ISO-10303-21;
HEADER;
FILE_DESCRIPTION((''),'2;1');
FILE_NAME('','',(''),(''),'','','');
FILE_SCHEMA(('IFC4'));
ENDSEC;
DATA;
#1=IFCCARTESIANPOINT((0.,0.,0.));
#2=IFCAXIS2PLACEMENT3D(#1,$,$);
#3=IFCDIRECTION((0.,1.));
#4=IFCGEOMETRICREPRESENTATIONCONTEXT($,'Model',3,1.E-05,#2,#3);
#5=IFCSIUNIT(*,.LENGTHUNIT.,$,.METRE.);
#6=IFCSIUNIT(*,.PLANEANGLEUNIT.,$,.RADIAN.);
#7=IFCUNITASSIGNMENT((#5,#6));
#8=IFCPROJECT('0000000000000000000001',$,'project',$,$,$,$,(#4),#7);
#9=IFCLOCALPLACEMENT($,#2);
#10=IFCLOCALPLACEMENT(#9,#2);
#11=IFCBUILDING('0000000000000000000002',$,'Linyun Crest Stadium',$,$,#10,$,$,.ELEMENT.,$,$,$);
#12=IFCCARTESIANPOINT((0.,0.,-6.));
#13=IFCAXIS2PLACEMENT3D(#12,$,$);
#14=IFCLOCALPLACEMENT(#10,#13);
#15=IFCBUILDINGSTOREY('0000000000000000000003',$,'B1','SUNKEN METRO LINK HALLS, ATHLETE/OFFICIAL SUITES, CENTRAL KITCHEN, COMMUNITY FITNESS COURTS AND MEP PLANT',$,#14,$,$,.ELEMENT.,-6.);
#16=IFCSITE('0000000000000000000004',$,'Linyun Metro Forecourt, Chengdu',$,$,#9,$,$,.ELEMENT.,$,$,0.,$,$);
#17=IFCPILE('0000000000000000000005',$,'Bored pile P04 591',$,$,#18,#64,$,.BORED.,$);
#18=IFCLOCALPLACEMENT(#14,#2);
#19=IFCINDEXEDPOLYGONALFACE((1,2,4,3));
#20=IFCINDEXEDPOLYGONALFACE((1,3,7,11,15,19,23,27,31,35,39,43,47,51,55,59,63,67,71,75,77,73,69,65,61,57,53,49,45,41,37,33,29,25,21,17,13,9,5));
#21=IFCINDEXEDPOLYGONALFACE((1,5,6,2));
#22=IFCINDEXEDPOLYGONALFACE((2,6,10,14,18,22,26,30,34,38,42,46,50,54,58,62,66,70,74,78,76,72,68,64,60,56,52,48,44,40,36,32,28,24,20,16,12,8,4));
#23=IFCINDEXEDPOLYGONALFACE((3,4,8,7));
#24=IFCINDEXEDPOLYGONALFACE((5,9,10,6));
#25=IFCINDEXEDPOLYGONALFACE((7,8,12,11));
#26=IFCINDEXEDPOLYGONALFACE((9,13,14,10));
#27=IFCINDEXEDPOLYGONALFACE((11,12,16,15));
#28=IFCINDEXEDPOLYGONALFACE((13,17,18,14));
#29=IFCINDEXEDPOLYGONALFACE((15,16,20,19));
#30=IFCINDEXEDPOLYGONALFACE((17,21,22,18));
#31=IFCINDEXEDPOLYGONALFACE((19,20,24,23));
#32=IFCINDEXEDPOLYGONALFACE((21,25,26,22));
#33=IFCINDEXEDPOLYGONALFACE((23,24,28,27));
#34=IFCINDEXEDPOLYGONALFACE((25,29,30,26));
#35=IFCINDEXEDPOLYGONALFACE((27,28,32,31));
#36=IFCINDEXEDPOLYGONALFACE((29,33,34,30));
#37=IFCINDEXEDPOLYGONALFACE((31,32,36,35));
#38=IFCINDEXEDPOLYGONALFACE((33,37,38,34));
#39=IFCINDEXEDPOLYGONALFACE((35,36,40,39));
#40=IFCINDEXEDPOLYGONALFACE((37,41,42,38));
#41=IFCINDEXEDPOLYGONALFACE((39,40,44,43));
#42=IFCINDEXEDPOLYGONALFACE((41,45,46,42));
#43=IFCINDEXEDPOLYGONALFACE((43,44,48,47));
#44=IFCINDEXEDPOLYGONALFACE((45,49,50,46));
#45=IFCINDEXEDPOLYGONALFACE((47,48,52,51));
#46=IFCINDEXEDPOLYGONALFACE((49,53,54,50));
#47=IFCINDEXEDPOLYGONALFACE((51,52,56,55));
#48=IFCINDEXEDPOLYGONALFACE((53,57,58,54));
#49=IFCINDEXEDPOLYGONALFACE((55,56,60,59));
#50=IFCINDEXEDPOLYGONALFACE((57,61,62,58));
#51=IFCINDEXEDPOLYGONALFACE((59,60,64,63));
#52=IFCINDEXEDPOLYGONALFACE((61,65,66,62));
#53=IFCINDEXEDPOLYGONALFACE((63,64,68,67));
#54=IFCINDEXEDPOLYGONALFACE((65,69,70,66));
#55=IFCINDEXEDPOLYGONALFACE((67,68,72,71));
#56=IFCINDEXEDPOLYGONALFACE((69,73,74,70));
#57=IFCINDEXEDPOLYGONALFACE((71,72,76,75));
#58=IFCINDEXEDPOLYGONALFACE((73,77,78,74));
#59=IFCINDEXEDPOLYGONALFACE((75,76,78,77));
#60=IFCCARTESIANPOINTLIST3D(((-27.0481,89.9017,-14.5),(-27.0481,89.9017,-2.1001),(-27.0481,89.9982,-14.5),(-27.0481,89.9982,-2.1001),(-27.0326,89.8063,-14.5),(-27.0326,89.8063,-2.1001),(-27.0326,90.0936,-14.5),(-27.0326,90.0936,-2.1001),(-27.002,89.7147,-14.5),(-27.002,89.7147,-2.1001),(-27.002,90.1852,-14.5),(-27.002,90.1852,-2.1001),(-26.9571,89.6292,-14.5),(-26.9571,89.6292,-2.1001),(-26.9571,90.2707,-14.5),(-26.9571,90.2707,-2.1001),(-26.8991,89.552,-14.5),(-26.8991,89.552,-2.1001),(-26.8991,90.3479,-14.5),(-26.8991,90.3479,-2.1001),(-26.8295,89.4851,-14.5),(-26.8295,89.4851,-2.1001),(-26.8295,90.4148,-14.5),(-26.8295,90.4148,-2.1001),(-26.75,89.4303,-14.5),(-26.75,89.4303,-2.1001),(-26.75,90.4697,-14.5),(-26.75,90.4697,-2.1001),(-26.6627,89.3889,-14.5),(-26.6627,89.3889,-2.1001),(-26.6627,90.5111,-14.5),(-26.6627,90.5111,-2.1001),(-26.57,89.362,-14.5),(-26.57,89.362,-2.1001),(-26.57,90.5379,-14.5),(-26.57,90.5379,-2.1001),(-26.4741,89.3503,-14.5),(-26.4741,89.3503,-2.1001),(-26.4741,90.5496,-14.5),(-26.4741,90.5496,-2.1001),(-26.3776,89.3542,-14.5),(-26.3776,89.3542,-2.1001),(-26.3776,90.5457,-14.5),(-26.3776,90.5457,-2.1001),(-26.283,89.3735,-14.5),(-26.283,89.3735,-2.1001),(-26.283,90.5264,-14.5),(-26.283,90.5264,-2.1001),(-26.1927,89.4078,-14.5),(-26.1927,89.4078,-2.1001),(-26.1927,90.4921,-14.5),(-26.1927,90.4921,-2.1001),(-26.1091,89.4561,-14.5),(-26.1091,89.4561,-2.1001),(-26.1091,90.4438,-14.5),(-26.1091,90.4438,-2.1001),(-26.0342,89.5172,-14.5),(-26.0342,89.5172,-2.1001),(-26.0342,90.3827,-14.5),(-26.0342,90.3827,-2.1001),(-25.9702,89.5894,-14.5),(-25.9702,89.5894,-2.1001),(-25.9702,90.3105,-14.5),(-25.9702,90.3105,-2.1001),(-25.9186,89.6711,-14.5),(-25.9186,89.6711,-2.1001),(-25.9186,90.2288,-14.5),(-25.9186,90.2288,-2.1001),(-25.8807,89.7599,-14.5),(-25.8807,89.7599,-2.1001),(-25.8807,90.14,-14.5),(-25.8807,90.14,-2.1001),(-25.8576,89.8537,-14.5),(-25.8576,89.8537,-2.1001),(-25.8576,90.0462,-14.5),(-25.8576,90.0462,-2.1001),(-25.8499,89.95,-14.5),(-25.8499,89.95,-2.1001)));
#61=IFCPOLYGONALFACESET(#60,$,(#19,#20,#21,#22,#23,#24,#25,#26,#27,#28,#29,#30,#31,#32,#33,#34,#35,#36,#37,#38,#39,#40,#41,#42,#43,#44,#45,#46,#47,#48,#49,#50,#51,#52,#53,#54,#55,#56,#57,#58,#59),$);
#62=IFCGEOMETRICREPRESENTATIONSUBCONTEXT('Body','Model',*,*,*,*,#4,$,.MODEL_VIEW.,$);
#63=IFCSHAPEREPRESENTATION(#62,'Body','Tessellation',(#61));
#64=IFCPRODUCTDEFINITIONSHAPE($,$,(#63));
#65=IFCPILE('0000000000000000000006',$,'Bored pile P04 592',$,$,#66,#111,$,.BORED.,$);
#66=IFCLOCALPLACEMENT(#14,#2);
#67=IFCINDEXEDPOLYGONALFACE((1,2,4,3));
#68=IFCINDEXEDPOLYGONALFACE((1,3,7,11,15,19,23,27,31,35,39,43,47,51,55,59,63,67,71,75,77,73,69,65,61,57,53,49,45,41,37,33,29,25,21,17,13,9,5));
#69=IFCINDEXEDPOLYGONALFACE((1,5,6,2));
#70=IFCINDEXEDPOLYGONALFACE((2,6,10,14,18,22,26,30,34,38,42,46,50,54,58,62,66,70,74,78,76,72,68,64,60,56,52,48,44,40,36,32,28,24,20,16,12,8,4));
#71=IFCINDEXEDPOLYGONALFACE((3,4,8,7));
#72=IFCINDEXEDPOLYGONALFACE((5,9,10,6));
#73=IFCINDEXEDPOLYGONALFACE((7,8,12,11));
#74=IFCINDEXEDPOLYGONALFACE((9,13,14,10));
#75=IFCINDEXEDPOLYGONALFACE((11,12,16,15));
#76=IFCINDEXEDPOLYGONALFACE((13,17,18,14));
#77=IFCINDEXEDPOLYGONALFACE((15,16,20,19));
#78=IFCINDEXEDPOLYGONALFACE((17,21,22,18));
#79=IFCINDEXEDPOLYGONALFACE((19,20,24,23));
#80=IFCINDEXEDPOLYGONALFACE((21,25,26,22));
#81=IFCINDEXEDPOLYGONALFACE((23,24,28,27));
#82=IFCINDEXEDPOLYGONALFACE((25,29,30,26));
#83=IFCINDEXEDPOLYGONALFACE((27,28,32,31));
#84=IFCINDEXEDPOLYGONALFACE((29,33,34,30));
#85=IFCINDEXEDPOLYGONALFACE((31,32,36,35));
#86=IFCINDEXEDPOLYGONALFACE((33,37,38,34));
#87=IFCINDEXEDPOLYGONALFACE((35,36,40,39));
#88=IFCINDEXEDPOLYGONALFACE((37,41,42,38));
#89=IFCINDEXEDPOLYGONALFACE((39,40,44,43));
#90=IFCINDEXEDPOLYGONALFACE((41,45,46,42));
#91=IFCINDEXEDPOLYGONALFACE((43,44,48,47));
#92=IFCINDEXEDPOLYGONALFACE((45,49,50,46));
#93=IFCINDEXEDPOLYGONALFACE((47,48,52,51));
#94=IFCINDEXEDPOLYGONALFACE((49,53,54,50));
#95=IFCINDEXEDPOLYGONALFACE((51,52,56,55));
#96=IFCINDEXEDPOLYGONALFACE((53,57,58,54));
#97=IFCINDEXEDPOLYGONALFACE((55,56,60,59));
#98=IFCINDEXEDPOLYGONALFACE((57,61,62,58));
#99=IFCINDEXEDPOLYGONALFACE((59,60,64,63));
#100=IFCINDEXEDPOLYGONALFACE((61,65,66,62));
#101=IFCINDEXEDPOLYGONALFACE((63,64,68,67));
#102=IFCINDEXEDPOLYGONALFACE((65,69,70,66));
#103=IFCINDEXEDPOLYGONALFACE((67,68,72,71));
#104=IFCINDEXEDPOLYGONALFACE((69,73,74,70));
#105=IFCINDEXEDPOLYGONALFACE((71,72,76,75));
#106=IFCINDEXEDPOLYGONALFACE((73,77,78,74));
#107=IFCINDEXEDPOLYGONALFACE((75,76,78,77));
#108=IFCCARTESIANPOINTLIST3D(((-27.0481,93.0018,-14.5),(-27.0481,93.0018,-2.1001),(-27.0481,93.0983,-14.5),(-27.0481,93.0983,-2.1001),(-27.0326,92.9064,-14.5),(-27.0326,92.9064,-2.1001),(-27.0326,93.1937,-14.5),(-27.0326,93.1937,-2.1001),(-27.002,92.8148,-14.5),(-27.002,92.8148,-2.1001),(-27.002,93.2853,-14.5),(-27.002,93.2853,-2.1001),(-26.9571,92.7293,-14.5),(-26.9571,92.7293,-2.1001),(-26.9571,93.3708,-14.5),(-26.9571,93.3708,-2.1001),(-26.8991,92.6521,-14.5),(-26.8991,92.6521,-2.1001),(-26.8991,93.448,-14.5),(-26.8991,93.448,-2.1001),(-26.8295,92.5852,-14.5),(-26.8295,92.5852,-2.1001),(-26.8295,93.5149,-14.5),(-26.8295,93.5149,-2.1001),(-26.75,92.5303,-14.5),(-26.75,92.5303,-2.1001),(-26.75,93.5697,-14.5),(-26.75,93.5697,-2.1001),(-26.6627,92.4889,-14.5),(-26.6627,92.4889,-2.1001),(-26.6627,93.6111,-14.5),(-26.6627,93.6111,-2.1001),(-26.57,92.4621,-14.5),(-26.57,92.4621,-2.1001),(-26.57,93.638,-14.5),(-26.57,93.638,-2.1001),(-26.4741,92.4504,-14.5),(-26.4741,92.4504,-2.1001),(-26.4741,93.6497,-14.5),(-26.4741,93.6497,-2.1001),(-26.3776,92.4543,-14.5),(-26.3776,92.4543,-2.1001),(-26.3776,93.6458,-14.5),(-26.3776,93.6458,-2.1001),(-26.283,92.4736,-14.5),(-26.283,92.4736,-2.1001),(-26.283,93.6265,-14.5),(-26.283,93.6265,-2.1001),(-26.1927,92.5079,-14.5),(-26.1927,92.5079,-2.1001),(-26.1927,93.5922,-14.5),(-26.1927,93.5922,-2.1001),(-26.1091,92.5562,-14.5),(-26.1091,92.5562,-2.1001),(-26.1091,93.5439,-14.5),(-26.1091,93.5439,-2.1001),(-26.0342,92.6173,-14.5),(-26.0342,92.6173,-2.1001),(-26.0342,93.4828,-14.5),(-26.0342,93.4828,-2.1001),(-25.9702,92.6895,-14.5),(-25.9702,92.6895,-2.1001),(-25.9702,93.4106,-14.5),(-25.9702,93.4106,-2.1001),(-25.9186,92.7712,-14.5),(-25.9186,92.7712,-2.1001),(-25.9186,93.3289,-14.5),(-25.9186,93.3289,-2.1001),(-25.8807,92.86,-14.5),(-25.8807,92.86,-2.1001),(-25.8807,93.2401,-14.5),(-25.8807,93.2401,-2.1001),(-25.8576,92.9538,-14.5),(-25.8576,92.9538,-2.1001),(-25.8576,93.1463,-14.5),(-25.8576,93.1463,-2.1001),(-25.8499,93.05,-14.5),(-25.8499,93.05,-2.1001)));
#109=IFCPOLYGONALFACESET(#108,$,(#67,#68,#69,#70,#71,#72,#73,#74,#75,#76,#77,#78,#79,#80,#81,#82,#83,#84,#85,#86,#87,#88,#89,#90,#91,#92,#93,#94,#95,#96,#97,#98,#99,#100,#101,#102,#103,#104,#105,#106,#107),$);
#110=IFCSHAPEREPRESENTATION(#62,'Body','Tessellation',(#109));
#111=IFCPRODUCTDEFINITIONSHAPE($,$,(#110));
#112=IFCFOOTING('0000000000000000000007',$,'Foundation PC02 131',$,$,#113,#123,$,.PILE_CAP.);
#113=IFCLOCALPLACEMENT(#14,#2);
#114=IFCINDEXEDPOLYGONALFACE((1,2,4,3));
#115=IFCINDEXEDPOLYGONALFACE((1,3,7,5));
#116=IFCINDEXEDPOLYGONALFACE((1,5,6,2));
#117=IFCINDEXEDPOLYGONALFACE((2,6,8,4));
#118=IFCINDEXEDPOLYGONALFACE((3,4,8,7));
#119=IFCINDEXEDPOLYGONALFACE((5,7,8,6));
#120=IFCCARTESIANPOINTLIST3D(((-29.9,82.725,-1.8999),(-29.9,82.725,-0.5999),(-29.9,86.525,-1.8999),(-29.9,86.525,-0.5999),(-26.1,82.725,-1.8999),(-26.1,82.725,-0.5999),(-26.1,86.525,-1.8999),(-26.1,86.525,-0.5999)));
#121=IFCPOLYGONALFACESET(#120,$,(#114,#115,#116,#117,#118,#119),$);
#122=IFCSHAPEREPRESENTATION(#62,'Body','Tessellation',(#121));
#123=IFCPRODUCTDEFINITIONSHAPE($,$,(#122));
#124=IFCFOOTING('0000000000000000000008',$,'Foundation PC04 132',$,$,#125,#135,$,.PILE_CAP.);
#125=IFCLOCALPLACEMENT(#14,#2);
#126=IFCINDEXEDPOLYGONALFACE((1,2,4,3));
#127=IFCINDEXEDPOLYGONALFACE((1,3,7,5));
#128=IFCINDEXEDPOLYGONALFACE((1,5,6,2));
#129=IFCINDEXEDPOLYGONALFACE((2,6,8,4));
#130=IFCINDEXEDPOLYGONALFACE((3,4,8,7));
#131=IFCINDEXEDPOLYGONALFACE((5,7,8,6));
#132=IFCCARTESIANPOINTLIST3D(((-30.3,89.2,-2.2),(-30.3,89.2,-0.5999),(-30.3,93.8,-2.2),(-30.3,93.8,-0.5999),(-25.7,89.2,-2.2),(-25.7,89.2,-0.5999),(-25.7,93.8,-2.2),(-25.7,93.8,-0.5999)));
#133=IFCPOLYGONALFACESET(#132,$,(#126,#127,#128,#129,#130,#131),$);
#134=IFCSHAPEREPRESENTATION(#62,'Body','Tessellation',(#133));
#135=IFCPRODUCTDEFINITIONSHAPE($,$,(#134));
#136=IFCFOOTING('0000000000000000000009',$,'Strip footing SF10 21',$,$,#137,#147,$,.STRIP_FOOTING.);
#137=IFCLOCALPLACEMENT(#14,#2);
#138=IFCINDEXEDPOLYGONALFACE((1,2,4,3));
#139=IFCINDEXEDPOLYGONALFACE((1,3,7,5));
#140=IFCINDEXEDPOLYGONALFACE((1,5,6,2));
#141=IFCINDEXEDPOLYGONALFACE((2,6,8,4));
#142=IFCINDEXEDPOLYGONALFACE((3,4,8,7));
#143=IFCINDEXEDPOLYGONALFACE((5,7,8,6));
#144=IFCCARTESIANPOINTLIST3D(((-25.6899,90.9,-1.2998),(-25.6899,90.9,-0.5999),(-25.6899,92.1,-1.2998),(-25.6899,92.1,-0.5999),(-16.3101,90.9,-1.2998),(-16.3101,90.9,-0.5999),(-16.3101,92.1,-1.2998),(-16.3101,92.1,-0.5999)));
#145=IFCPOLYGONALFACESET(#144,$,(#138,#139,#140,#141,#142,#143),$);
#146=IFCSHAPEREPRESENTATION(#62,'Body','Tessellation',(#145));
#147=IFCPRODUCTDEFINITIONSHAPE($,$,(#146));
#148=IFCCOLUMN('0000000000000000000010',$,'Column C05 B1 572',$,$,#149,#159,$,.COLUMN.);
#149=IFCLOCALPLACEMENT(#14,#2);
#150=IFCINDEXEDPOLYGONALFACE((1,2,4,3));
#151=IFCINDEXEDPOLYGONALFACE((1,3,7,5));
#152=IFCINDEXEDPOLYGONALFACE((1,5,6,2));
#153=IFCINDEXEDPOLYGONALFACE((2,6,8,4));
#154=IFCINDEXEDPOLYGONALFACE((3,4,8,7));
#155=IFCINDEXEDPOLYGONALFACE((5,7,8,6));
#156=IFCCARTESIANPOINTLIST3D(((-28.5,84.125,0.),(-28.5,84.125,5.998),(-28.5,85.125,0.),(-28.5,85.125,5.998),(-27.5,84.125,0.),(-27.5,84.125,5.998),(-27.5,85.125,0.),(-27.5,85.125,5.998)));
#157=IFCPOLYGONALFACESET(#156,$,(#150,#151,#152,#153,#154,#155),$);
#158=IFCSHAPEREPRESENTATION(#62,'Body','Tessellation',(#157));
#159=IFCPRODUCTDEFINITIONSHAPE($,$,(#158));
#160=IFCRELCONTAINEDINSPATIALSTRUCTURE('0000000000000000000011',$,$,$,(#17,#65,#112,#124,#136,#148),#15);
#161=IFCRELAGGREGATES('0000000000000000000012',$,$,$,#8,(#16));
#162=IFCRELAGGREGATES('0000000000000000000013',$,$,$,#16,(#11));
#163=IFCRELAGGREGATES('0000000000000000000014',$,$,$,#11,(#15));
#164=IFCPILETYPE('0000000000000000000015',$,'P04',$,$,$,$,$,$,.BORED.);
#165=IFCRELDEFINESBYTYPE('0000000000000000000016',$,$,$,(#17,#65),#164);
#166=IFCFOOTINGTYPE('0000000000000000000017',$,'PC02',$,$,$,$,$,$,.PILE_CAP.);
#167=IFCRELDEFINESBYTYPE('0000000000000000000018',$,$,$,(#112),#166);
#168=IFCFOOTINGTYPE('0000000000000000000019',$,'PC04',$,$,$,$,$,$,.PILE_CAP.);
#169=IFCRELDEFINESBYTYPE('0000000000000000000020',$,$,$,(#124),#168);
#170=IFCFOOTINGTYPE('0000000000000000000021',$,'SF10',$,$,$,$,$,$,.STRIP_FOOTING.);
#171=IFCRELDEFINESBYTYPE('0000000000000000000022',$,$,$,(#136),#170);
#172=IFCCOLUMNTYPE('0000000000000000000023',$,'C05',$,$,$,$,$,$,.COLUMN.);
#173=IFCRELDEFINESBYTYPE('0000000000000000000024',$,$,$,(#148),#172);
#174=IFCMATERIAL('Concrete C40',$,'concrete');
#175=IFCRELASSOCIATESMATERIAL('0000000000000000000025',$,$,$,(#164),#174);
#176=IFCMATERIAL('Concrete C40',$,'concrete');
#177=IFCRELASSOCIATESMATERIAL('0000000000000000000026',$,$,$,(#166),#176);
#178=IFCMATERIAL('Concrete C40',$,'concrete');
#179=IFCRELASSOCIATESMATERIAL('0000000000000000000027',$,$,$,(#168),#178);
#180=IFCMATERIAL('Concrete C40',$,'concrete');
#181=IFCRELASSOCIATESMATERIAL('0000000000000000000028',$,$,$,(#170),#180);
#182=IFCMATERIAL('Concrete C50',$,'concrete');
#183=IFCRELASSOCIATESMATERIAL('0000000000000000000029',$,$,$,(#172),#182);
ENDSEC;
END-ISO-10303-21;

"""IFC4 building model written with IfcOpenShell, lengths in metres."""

from ifc_helpers import new_model, si_unit, direction, frame, origin, origin_2d, place, context, subcontext, project, spatial, rectangle, circle, extrude, material, material_profile, profile_set, type_object, element, save


model = new_model("IFC4")

# Units and contexts
model_context = context("Model", 3, precision=1e-05, world=origin(), true_north=direction((0.0, 1.0)))
body_context = subcontext(model_context, "Body", "Model", "MODEL_VIEW")
ifc_project = project(units=[si_unit("LENGTHUNIT", "METRE"), si_unit("PLANEANGLEUNIT", "RADIAN")], contexts=[model_context])

# Site, building, storey
site_placement = place(None, origin())
site = spatial("IfcSite", under=ifc_project, at=site_placement, Name="Linyun Metro Forecourt, Chengdu", CompositionType="ELEMENT", RefElevation=0.0)
building_placement = place(site_placement, origin())
building = spatial("IfcBuilding", under=site, at=building_placement, Name="Linyun Crest Stadium", CompositionType="ELEMENT")
storey_placement = place(building_placement, frame((0.0, 0.0, -6.0)))
storey = spatial("IfcBuildingStorey", under=building, at=storey_placement, Name="B1", Description="SUNKEN METRO LINK HALLS, ATHLETE/OFFICIAL SUITES, CENTRAL KITCHEN, COMMUNITY FITNESS COURTS AND MEP PLANT", CompositionType="ELEMENT", Elevation=-6.0)

# Piles
ifc_material_1 = material(Name="Concrete C40", Category="concrete")
ifc_material_profile_1 = material_profile(ifc_material_1, circle(Radius=0.6001, at=origin_2d()), Name="BORED PILE 1200")
ifc_profile_set_1 = profile_set([ifc_material_profile_1], Name="Concrete C40")
pile_type_1 = type_object("IfcPileType", Name="P04", PredefinedType="BORED", material=ifc_profile_set_1)
for number, where, z_axis, x_axis, name in (
    (1, (-26.45, 89.95, -2.1001), (0.0, 0.0, -1.0), (1.0, 0.0, 0.0), "Bored pile P04 591"),
    (2, (-26.45, 93.05, -2.1001), (0.0, 0.0, -1.0), (1.0, 0.0, 0.0), "Bored pile P04 592"),
):
    element("IfcPile", number, at=place(storey_placement, frame(where, z_axis=z_axis, x_axis=x_axis)), inside=storey, type_object=pile_type_1, Name=name, PredefinedType="BORED", context=body_context, shape_type="SweptSolid", body=[
        extrude(circle(Radius=0.6001, at=origin_2d()), origin(), (0.0, 0.0, 1.0), 12.3999),
    ])

# Footings
ifc_material_2 = material(Name="Concrete C40", Category="concrete")
footing_type_1 = type_object("IfcFootingType", Name="PC02", PredefinedType="PILE_CAP", material=ifc_material_2)
footing_1_placement = place(storey_placement, frame((-28.0, 84.625, -1.8999), z_axis=(0.0, 0.0, 1.0), x_axis=(1.0, 0.0, 0.0)))
element("IfcFooting", 3, at=footing_1_placement, inside=storey, type_object=footing_type_1, Name="Foundation PC02 131", PredefinedType="PILE_CAP", context=body_context, shape_type="SweptSolid", body=[
    extrude(rectangle(XDim=3.8, YDim=3.8, at=origin_2d()), origin(), (0.0, 0.0, 1.0), 1.3),
])
ifc_material_3 = material(Name="Concrete C40", Category="concrete")
footing_type_2 = type_object("IfcFootingType", Name="PC04", PredefinedType="PILE_CAP", material=ifc_material_3)
footing_2_placement = place(storey_placement, frame((-28.0, 91.5, -2.2), z_axis=(0.0, 0.0, 1.0), x_axis=(1.0, 0.0, 0.0)))
element("IfcFooting", 4, at=footing_2_placement, inside=storey, type_object=footing_type_2, Name="Foundation PC04 132", PredefinedType="PILE_CAP", context=body_context, shape_type="SweptSolid", body=[
    extrude(rectangle(XDim=4.6001, YDim=4.6001, at=origin_2d()), origin(), (0.0, 0.0, 1.0), 1.6001),
])
ifc_material_4 = material(Name="Concrete C40", Category="concrete")
footing_type_3 = type_object("IfcFootingType", Name="SF10", PredefinedType="STRIP_FOOTING", material=ifc_material_4)
footing_3_placement = place(storey_placement, frame((-21.0, 91.5, -1.2998), z_axis=(0.0, 0.0, 1.0), x_axis=(1.0, 0.0, 0.0)))
element("IfcFooting", 5, at=footing_3_placement, inside=storey, type_object=footing_type_3, Name="Strip footing SF10 21", PredefinedType="STRIP_FOOTING", context=body_context, shape_type="SweptSolid", body=[
    extrude(rectangle(XDim=9.3799, YDim=1.2, at=origin_2d()), origin(), (0.0, 0.0, 1.0), 0.7),
])

# Column
ifc_material_5 = material(Name="Concrete C50", Category="concrete")
ifc_material_profile_2 = material_profile(ifc_material_5, rectangle(XDim=1.0, YDim=1.0, at=origin_2d()), Name="RC 1000x1000")
ifc_profile_set_2 = profile_set([ifc_material_profile_2], Name="Concrete C50")
column_type_1 = type_object("IfcColumnType", Name="C05", PredefinedType="COLUMN", material=ifc_profile_set_2)
column_1_placement = place(storey_placement, frame((-28.0, 84.625, 0.0), z_axis=(0.0, 0.0, 1.0), x_axis=(1.0, 0.0, 0.0)))
element("IfcColumn", 6, at=column_1_placement, inside=storey, type_object=column_type_1, Name="Column C05 B1 572", PredefinedType="COLUMN", context=body_context, shape_type="SweptSolid", body=[
    extrude(rectangle(XDim=1.0, YDim=1.0, at=origin_2d()), origin(), (0.0, 0.0, 1.0), 5.998),
])

save(model, "model.ifc")
